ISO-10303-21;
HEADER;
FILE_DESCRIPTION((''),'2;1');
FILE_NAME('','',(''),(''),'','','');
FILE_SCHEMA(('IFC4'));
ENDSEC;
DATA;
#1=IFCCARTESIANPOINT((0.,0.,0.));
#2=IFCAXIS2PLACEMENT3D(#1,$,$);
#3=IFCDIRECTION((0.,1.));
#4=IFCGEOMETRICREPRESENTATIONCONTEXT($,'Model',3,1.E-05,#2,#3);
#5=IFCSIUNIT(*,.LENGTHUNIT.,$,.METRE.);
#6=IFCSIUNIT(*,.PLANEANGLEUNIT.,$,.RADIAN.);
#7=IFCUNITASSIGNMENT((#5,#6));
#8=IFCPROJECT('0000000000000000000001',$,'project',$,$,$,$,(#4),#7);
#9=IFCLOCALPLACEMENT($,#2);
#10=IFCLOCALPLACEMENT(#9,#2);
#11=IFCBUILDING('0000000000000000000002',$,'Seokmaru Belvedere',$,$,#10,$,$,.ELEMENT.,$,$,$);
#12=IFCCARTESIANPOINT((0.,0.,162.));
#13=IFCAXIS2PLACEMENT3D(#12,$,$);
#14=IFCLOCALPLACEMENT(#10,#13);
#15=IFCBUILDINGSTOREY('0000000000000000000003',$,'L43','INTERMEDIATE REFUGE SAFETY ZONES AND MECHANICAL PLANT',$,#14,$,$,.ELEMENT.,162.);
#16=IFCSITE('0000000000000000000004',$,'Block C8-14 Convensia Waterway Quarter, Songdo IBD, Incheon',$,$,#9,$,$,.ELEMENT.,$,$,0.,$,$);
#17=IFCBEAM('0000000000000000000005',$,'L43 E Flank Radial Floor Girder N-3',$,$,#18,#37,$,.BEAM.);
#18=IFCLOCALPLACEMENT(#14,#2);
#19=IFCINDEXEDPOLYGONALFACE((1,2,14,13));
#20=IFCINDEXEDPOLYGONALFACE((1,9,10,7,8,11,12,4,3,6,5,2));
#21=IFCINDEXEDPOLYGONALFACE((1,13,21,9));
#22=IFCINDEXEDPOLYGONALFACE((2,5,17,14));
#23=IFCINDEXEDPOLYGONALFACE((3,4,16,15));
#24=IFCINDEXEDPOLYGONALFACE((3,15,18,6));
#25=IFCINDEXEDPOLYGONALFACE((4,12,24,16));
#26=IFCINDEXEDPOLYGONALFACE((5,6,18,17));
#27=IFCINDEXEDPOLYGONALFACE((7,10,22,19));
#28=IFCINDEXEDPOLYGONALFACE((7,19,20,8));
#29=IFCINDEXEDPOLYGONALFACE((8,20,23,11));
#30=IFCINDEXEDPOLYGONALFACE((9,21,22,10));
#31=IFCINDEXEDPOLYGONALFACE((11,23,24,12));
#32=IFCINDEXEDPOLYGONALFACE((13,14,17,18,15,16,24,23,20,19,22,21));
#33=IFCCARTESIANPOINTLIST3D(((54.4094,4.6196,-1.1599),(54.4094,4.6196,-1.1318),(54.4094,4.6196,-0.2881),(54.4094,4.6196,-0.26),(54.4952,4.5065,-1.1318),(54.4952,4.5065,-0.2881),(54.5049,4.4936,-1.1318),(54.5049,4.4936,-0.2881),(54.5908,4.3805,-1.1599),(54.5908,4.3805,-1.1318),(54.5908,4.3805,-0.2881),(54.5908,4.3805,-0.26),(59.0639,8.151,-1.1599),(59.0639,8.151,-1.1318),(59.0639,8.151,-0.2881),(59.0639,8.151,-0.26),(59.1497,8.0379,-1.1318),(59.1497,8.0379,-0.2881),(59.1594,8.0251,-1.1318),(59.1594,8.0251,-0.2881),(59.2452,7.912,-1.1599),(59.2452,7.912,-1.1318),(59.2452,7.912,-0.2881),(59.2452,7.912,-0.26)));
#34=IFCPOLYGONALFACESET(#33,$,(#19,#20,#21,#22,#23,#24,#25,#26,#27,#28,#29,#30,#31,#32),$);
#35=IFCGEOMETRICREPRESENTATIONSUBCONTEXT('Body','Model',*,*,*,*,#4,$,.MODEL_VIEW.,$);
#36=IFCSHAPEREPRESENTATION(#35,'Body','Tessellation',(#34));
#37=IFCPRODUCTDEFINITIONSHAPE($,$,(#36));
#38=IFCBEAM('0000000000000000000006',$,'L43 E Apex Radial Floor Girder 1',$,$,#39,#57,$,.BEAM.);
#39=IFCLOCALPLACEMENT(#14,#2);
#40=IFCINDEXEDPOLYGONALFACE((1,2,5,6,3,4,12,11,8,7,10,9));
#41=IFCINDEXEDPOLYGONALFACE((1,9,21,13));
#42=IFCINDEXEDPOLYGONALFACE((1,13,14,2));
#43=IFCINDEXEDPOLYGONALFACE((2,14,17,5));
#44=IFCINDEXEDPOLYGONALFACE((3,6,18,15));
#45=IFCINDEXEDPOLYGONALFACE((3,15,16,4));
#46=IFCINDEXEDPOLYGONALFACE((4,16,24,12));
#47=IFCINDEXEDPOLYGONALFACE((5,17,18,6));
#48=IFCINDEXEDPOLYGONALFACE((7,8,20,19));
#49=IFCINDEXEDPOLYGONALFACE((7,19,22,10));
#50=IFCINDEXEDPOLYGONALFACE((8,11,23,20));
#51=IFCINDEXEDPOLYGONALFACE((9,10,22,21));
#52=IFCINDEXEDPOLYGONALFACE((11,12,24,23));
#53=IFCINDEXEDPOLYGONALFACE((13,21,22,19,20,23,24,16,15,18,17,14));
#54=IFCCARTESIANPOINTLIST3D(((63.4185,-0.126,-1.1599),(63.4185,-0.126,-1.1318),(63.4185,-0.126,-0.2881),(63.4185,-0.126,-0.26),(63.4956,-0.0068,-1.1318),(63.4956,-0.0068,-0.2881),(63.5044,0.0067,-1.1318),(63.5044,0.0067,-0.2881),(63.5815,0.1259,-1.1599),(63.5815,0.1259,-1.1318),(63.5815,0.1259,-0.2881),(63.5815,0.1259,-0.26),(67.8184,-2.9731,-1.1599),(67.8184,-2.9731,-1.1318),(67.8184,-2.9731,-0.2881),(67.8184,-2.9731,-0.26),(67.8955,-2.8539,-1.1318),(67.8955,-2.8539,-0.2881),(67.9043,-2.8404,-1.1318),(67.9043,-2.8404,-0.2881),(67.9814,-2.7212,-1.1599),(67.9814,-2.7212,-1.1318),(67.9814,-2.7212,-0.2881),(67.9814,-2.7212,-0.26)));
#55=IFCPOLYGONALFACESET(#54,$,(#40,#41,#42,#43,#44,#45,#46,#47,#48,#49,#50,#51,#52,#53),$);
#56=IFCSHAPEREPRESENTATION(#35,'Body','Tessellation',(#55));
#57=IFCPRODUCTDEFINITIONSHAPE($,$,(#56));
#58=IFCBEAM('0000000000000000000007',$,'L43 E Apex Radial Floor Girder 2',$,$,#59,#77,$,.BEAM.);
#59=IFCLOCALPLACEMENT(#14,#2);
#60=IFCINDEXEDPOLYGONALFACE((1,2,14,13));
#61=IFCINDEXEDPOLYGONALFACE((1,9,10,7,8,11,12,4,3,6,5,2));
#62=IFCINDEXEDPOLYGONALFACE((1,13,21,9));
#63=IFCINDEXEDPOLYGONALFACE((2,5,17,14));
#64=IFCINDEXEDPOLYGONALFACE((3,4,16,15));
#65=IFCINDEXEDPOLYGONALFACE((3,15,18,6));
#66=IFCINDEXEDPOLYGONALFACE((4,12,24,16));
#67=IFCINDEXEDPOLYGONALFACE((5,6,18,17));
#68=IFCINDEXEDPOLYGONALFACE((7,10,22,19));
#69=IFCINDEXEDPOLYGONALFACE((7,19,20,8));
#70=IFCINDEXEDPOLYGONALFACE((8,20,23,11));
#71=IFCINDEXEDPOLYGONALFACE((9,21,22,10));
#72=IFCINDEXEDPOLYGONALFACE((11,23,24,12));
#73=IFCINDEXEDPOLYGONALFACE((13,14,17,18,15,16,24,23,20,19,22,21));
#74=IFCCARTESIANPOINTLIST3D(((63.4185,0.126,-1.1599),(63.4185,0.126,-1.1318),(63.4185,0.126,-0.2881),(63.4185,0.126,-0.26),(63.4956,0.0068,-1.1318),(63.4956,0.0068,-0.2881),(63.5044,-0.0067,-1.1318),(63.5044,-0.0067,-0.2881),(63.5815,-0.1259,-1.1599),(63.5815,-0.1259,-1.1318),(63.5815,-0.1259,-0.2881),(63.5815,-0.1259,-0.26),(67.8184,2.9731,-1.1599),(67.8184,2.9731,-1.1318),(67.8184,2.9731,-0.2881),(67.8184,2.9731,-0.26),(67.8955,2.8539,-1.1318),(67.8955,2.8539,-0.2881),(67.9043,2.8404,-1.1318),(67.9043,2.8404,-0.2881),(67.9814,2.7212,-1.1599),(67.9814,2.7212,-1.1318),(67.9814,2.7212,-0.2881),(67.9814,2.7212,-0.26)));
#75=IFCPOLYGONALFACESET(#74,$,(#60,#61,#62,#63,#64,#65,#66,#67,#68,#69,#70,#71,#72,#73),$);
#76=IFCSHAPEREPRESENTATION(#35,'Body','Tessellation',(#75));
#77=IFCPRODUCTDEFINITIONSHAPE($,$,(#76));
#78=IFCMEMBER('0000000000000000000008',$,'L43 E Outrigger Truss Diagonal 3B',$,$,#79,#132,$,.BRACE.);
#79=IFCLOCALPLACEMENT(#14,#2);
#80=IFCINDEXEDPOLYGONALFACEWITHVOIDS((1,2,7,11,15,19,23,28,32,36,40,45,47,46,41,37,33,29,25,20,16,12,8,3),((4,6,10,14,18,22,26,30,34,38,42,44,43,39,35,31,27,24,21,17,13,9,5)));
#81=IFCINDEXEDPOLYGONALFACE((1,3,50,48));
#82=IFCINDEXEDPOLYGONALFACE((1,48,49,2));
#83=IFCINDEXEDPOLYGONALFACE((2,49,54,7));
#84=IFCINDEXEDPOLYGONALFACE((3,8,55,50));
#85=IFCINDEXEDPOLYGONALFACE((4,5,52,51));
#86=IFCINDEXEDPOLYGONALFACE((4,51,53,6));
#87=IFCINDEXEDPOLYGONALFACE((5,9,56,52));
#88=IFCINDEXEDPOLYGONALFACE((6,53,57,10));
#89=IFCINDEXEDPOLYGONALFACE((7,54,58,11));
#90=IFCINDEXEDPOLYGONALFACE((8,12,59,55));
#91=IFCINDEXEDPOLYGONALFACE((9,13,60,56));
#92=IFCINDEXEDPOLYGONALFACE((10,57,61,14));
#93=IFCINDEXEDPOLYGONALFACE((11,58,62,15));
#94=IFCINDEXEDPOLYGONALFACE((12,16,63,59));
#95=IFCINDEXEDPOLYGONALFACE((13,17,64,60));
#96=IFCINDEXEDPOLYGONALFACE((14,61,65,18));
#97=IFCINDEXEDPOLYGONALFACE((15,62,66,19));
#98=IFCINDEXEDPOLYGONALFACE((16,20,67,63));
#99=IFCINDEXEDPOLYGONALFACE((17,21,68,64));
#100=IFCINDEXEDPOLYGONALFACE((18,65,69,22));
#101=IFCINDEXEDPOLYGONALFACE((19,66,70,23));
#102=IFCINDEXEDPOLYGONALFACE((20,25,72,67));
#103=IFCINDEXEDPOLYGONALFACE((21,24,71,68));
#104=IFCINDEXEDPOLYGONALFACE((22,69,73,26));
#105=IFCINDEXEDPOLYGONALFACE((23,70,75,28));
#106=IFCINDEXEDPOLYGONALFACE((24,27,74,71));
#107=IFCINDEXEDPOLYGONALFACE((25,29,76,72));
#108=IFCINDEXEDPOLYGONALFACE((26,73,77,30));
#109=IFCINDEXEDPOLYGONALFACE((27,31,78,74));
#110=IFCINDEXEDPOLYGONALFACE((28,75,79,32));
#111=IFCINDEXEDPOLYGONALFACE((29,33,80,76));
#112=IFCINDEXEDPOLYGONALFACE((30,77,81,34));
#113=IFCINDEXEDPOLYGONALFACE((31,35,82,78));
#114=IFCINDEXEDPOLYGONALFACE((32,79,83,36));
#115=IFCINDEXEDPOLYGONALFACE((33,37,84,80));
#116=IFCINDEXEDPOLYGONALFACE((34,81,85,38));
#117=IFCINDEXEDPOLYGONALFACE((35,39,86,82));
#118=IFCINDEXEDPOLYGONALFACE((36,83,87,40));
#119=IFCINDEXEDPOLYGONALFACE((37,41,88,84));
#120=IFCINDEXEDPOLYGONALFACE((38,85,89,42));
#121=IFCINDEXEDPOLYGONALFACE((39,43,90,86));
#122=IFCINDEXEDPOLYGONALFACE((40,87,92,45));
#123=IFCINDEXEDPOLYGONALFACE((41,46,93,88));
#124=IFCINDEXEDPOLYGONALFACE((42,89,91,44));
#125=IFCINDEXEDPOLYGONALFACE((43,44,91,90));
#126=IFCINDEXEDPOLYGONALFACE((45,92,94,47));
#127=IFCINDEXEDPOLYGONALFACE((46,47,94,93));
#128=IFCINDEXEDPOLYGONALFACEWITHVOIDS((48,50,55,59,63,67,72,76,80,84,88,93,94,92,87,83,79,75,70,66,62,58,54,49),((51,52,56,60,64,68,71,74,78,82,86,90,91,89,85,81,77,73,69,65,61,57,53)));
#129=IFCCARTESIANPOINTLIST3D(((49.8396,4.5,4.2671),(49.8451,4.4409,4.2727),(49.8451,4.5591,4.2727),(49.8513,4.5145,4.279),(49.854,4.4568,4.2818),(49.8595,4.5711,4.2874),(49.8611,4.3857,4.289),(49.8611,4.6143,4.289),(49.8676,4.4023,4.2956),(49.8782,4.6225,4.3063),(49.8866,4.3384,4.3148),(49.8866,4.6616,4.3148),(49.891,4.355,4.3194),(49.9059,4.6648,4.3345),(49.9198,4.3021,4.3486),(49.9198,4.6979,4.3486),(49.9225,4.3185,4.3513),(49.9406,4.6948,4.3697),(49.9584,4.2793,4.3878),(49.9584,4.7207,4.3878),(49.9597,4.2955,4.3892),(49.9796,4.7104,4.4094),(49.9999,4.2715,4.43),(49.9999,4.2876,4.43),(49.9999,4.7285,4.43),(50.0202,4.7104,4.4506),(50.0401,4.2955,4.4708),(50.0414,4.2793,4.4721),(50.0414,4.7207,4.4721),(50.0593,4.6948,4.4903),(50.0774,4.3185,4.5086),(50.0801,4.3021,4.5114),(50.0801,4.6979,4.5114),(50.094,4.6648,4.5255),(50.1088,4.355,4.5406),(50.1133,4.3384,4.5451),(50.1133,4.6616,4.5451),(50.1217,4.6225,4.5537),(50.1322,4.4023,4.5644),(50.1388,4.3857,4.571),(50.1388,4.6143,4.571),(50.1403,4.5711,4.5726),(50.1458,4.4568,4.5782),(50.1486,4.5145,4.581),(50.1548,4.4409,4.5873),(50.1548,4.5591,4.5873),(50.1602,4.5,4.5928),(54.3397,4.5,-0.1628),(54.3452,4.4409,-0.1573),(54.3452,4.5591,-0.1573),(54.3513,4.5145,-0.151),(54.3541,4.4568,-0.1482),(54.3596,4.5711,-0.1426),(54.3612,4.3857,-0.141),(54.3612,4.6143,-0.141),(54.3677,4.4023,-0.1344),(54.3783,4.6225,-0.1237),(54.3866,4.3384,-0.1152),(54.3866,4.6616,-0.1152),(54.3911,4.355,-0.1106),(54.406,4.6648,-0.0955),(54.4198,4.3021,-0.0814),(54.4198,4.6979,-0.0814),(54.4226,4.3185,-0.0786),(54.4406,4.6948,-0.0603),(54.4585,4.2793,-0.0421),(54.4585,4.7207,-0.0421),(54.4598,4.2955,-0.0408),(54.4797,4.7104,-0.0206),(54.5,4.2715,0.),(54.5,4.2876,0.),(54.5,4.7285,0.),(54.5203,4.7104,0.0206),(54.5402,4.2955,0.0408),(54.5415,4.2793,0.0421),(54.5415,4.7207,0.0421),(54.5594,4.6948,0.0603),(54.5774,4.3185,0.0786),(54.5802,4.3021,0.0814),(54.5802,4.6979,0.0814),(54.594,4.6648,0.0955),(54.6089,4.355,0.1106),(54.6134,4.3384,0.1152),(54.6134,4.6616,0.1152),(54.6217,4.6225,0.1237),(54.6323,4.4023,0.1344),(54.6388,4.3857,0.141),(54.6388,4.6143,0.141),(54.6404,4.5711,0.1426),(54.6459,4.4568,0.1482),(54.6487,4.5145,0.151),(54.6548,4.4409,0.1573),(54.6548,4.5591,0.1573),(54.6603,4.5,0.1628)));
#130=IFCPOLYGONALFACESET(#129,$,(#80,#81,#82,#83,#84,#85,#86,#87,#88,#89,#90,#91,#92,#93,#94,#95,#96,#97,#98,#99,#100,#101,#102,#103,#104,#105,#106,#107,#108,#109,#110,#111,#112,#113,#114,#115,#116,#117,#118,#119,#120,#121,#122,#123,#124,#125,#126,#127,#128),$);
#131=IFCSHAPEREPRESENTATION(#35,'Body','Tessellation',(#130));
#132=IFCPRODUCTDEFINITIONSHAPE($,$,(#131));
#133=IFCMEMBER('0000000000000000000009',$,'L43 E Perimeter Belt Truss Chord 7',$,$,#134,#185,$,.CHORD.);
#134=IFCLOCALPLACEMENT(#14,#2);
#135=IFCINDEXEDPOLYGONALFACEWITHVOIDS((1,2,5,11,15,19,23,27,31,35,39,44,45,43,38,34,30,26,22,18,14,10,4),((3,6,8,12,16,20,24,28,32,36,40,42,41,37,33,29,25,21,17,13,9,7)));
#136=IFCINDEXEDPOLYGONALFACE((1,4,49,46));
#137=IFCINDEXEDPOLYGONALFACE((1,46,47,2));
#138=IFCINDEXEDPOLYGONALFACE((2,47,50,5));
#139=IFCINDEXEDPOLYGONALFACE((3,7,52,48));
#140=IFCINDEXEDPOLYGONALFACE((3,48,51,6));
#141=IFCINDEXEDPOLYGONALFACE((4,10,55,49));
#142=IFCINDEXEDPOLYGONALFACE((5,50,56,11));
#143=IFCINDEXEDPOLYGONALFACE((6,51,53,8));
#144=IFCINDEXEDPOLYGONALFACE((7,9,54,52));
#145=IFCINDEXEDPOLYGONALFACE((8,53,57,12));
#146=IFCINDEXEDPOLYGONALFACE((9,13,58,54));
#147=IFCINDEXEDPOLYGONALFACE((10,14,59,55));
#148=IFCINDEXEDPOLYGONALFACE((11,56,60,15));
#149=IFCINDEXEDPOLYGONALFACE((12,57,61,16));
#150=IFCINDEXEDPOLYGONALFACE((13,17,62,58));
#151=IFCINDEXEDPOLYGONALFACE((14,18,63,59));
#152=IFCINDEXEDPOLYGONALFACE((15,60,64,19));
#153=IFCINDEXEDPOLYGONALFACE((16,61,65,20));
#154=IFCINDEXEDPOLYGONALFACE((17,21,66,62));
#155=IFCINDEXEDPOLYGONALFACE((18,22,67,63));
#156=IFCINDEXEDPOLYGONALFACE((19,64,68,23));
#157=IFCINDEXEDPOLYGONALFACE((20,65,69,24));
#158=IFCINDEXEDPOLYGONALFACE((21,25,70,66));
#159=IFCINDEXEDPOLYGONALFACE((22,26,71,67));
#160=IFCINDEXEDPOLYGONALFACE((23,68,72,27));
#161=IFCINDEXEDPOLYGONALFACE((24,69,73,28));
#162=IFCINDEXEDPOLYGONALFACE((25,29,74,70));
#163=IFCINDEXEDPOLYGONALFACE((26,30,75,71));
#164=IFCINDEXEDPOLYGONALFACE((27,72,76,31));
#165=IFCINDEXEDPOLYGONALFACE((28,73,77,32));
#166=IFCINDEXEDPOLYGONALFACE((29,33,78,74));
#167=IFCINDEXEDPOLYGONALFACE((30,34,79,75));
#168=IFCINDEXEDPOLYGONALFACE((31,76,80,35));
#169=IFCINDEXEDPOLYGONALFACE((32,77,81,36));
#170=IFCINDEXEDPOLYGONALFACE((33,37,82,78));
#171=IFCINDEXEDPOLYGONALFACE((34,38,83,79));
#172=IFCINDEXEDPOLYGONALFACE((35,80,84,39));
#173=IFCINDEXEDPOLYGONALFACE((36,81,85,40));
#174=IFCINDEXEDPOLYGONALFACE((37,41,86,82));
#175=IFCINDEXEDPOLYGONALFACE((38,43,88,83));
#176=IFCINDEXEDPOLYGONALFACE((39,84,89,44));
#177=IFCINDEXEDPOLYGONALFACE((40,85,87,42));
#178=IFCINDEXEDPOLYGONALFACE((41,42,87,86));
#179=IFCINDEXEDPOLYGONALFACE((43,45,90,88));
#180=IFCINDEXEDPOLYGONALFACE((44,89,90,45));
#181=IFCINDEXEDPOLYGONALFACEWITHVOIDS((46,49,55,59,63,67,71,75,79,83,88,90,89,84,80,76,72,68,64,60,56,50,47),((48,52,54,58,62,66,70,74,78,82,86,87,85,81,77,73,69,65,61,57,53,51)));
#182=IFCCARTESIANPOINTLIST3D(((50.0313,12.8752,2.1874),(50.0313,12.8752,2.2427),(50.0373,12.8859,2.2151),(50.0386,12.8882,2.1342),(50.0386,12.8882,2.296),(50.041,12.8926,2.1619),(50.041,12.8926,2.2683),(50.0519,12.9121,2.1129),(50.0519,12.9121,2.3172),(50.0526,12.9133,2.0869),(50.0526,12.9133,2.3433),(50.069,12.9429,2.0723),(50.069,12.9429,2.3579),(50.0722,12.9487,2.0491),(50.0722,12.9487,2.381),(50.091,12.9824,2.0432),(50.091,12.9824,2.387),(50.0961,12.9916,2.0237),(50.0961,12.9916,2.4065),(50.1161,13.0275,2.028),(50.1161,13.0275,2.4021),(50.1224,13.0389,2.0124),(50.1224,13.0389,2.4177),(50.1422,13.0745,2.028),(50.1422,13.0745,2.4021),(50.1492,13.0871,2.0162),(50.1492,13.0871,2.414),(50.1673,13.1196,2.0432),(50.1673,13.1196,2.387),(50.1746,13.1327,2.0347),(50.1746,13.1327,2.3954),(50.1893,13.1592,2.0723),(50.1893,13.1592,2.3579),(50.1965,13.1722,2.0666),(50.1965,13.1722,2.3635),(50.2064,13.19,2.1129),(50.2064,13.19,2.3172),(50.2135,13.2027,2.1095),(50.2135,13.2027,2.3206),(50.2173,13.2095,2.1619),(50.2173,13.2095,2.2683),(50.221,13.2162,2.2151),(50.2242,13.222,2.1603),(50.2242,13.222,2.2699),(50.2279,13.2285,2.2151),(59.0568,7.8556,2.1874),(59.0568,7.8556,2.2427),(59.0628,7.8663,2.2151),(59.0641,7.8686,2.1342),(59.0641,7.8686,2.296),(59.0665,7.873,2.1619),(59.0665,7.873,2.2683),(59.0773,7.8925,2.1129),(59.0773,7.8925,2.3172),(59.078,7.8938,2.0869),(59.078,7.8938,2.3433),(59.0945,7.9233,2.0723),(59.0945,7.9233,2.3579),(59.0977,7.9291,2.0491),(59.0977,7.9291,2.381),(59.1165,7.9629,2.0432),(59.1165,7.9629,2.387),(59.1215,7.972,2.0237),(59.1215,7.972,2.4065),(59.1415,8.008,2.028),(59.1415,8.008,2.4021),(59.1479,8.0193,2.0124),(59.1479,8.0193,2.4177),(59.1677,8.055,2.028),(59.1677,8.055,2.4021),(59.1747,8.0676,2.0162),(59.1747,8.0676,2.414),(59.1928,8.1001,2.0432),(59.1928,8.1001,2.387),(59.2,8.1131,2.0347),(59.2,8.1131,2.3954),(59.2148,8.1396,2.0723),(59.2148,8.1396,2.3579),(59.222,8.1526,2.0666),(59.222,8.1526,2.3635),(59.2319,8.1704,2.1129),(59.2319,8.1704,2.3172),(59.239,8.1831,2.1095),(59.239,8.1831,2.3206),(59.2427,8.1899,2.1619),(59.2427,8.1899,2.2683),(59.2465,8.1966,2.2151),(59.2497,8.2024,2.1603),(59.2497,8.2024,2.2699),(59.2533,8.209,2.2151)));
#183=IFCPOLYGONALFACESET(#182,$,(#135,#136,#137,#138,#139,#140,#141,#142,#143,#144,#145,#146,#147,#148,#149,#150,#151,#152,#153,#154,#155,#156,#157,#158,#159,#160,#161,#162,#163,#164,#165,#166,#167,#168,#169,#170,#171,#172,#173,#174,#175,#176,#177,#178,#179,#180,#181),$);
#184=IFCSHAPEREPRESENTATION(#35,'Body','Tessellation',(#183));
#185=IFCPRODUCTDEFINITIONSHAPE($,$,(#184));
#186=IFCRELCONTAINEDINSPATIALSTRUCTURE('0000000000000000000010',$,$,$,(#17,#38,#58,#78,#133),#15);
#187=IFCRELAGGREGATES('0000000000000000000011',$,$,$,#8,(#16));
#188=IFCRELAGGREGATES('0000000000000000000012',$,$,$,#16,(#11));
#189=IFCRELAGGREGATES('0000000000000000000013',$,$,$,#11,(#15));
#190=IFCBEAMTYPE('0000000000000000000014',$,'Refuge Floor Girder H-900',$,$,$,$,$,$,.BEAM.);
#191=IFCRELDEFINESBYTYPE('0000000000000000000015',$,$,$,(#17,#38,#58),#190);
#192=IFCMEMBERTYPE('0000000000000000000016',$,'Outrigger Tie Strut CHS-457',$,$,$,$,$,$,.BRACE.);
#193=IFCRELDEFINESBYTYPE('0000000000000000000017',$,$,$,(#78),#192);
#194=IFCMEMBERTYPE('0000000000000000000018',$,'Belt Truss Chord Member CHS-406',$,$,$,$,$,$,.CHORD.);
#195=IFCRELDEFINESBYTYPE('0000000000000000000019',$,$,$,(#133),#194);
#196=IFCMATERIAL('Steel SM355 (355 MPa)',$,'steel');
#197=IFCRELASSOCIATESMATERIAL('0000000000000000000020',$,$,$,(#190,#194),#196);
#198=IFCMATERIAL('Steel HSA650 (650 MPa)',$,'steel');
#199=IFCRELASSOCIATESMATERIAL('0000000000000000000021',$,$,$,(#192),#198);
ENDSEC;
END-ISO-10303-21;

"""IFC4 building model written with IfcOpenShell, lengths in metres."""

from ifc_helpers import new_model, si_unit, direction, frame, origin, origin_2d, place, context, subcontext, project, spatial, hollow_circle, i_section, extrude, source, transform, mapped, material, material_profile, profile_set, type_object, type_shapes, element, save


model = new_model("IFC4")

# Units and contexts
model_context = context("Model", 3, precision=1e-05, world=origin(), true_north=direction((0.0, 1.0)))
body_context = subcontext(model_context, "Body", "Model", "MODEL_VIEW")
ifc_project = project(units=[si_unit("LENGTHUNIT", "METRE"), si_unit("PLANEANGLEUNIT", "RADIAN")], contexts=[model_context])

# Site, building, storey
site_placement = place(None, origin())
site = spatial("IfcSite", under=ifc_project, at=site_placement, Name="Block C8-14 Convensia Waterway Quarter, Songdo IBD, Incheon", CompositionType="ELEMENT", RefElevation=0.0)
building_placement = place(site_placement, origin())
building = spatial("IfcBuilding", under=site, at=building_placement, Name="Seokmaru Belvedere", CompositionType="ELEMENT")
storey_placement = place(building_placement, frame((0.0, 0.0, 162.0)))
storey = spatial("IfcBuildingStorey", under=building, at=storey_placement, Name="L43", Description="INTERMEDIATE REFUGE SAFETY ZONES AND MECHANICAL PLANT", CompositionType="ELEMENT", Elevation=162.0)

# Shared definitions
ifc_material_1 = material(Name="Steel SM355 (355 MPa)", Category="steel")

# Beams
ifc_material_profile_1 = material_profile(ifc_material_1, i_section(OverallWidth=0.3, OverallDepth=0.8999, WebThickness=0.0161, FlangeThickness=0.0281, at=origin_2d()), Name="H-900x300x16x28")
ifc_profile_set_1 = profile_set([ifc_material_profile_1], Name="Steel SM355 (355 MPa)")
beam_type_1 = type_object("IfcBeamType", Name="Refuge Floor Girder H-900", PredefinedType="BEAM", material=ifc_profile_set_1)
shared_shape_1 = source(origin(), body_context, "Body", "SweptSolid", [
    extrude(i_section(OverallWidth=0.3, OverallDepth=0.8999, WebThickness=0.0161, FlangeThickness=0.0281, at=origin_2d()), origin(), (0.0, 0.0, 1.0), 5.8425),
])
beam_1_placement = place(storey_placement, frame((59.1545, 8.0315, -0.71), z_axis=(-0.796653, -0.604437, 0.0), x_axis=(0.604437, -0.796653, 0.0)))
element("IfcBeam", 1, at=beam_1_placement, inside=storey, type_object=beam_type_1, Name="L43 E Flank Radial Floor Girder N-3", PredefinedType="BEAM", context=body_context, shape_type="MappedRepresentation", body=[
    mapped(shared_shape_1, transform((0.0, 0.0, 0.0), scale=1.0)),
])
shared_shape_2 = source(origin(), body_context, "Body", "SweptSolid", [
    extrude(i_section(OverallWidth=0.3, OverallDepth=0.8999, WebThickness=0.0161, FlangeThickness=0.0281, at=origin_2d()), origin(), (0.0, 0.0, 1.0), 5.2407),
])
for number, where, z_axis, x_axis, name in (
    (2, (67.8999, -2.8472, -0.71), (-0.839555, 0.543274, 0.0), (-0.543274, -0.839555, 0.0), "L43 E Apex Radial Floor Girder 1"),
    (3, (67.8999, 2.8472, -0.71), (-0.839555, -0.543274, 0.0), (0.543274, -0.839555, 0.0), "L43 E Apex Radial Floor Girder 2"),
):
    element("IfcBeam", number, at=place(storey_placement, frame(where, z_axis=z_axis, x_axis=x_axis)), inside=storey, type_object=beam_type_1, Name=name, PredefinedType="BEAM", context=body_context, shape_type="MappedRepresentation", body=[
        mapped(shared_shape_2, transform((0.0, 0.0, 0.0), scale=1.0)),
    ])

# Members
ifc_material_2 = material(Name="Steel HSA650 (650 MPa)", Category="steel")
ifc_material_profile_2 = material_profile(ifc_material_2, hollow_circle(Radius=0.2285, WallThickness=0.0161, at=origin_2d()), Name="CHS-457.2x16.0")
ifc_profile_set_2 = profile_set([ifc_material_profile_2], Name="Steel HSA650 (650 MPa)")
member_type_1 = type_object("IfcMemberType", Name="Outrigger Tie Strut CHS-457", PredefinedType="BRACE", material=ifc_profile_set_2)
shared_shape_3 = source(origin(), body_context, "Body", "SweptSolid", [
    extrude(hollow_circle(Radius=0.2285, WallThickness=0.0161, at=origin_2d()), origin(), (0.0, 0.0, 1.0), 6.3147),
])
type_shapes(member_type_1, [shared_shape_3])
member_1_placement = place(storey_placement, frame((54.5, 4.5, 0.0), z_axis=(-0.712633, 0.0, 0.701537), x_axis=(0.0, -1.0, 0.0)))
element("IfcMember", 4, at=member_1_placement, inside=storey, type_object=member_type_1, Name="L43 E Outrigger Truss Diagonal 3B", PredefinedType="BRACE", context=body_context, shape_type="MappedRepresentation", body=[
    mapped(shared_shape_3, transform((0.0, 0.0, 0.0), scale=1.0)),
])
ifc_material_profile_3 = material_profile(ifc_material_1, hollow_circle(Radius=0.2031, WallThickness=0.0142, at=origin_2d()), Name="CHS-406.4x14.2")
ifc_profile_set_3 = profile_set([ifc_material_profile_3], Name="Steel SM355 (355 MPa)")
member_type_2 = type_object("IfcMemberType", Name="Belt Truss Chord Member CHS-406", PredefinedType="CHORD", material=ifc_profile_set_3)
shared_shape_4 = source(origin(), body_context, "Body", "SweptSolid", [
    extrude(hollow_circle(Radius=0.2031, WallThickness=0.0142, at=origin_2d()), origin(), (0.0, 0.0, 1.0), 10.3274),
])
member_2_placement = place(storey_placement, frame((50.1292, 13.051, 2.2151), z_axis=(0.873934, -0.486044, 0.0), x_axis=(0.486044, 0.873934, 0.0)))
element("IfcMember", 5, at=member_2_placement, inside=storey, type_object=member_type_2, Name="L43 E Perimeter Belt Truss Chord 7", PredefinedType="CHORD", context=body_context, shape_type="MappedRepresentation", body=[
    mapped(shared_shape_4, transform((0.0, 0.0, 0.0), scale=1.0)),
])

save(model, "model.ifc")
